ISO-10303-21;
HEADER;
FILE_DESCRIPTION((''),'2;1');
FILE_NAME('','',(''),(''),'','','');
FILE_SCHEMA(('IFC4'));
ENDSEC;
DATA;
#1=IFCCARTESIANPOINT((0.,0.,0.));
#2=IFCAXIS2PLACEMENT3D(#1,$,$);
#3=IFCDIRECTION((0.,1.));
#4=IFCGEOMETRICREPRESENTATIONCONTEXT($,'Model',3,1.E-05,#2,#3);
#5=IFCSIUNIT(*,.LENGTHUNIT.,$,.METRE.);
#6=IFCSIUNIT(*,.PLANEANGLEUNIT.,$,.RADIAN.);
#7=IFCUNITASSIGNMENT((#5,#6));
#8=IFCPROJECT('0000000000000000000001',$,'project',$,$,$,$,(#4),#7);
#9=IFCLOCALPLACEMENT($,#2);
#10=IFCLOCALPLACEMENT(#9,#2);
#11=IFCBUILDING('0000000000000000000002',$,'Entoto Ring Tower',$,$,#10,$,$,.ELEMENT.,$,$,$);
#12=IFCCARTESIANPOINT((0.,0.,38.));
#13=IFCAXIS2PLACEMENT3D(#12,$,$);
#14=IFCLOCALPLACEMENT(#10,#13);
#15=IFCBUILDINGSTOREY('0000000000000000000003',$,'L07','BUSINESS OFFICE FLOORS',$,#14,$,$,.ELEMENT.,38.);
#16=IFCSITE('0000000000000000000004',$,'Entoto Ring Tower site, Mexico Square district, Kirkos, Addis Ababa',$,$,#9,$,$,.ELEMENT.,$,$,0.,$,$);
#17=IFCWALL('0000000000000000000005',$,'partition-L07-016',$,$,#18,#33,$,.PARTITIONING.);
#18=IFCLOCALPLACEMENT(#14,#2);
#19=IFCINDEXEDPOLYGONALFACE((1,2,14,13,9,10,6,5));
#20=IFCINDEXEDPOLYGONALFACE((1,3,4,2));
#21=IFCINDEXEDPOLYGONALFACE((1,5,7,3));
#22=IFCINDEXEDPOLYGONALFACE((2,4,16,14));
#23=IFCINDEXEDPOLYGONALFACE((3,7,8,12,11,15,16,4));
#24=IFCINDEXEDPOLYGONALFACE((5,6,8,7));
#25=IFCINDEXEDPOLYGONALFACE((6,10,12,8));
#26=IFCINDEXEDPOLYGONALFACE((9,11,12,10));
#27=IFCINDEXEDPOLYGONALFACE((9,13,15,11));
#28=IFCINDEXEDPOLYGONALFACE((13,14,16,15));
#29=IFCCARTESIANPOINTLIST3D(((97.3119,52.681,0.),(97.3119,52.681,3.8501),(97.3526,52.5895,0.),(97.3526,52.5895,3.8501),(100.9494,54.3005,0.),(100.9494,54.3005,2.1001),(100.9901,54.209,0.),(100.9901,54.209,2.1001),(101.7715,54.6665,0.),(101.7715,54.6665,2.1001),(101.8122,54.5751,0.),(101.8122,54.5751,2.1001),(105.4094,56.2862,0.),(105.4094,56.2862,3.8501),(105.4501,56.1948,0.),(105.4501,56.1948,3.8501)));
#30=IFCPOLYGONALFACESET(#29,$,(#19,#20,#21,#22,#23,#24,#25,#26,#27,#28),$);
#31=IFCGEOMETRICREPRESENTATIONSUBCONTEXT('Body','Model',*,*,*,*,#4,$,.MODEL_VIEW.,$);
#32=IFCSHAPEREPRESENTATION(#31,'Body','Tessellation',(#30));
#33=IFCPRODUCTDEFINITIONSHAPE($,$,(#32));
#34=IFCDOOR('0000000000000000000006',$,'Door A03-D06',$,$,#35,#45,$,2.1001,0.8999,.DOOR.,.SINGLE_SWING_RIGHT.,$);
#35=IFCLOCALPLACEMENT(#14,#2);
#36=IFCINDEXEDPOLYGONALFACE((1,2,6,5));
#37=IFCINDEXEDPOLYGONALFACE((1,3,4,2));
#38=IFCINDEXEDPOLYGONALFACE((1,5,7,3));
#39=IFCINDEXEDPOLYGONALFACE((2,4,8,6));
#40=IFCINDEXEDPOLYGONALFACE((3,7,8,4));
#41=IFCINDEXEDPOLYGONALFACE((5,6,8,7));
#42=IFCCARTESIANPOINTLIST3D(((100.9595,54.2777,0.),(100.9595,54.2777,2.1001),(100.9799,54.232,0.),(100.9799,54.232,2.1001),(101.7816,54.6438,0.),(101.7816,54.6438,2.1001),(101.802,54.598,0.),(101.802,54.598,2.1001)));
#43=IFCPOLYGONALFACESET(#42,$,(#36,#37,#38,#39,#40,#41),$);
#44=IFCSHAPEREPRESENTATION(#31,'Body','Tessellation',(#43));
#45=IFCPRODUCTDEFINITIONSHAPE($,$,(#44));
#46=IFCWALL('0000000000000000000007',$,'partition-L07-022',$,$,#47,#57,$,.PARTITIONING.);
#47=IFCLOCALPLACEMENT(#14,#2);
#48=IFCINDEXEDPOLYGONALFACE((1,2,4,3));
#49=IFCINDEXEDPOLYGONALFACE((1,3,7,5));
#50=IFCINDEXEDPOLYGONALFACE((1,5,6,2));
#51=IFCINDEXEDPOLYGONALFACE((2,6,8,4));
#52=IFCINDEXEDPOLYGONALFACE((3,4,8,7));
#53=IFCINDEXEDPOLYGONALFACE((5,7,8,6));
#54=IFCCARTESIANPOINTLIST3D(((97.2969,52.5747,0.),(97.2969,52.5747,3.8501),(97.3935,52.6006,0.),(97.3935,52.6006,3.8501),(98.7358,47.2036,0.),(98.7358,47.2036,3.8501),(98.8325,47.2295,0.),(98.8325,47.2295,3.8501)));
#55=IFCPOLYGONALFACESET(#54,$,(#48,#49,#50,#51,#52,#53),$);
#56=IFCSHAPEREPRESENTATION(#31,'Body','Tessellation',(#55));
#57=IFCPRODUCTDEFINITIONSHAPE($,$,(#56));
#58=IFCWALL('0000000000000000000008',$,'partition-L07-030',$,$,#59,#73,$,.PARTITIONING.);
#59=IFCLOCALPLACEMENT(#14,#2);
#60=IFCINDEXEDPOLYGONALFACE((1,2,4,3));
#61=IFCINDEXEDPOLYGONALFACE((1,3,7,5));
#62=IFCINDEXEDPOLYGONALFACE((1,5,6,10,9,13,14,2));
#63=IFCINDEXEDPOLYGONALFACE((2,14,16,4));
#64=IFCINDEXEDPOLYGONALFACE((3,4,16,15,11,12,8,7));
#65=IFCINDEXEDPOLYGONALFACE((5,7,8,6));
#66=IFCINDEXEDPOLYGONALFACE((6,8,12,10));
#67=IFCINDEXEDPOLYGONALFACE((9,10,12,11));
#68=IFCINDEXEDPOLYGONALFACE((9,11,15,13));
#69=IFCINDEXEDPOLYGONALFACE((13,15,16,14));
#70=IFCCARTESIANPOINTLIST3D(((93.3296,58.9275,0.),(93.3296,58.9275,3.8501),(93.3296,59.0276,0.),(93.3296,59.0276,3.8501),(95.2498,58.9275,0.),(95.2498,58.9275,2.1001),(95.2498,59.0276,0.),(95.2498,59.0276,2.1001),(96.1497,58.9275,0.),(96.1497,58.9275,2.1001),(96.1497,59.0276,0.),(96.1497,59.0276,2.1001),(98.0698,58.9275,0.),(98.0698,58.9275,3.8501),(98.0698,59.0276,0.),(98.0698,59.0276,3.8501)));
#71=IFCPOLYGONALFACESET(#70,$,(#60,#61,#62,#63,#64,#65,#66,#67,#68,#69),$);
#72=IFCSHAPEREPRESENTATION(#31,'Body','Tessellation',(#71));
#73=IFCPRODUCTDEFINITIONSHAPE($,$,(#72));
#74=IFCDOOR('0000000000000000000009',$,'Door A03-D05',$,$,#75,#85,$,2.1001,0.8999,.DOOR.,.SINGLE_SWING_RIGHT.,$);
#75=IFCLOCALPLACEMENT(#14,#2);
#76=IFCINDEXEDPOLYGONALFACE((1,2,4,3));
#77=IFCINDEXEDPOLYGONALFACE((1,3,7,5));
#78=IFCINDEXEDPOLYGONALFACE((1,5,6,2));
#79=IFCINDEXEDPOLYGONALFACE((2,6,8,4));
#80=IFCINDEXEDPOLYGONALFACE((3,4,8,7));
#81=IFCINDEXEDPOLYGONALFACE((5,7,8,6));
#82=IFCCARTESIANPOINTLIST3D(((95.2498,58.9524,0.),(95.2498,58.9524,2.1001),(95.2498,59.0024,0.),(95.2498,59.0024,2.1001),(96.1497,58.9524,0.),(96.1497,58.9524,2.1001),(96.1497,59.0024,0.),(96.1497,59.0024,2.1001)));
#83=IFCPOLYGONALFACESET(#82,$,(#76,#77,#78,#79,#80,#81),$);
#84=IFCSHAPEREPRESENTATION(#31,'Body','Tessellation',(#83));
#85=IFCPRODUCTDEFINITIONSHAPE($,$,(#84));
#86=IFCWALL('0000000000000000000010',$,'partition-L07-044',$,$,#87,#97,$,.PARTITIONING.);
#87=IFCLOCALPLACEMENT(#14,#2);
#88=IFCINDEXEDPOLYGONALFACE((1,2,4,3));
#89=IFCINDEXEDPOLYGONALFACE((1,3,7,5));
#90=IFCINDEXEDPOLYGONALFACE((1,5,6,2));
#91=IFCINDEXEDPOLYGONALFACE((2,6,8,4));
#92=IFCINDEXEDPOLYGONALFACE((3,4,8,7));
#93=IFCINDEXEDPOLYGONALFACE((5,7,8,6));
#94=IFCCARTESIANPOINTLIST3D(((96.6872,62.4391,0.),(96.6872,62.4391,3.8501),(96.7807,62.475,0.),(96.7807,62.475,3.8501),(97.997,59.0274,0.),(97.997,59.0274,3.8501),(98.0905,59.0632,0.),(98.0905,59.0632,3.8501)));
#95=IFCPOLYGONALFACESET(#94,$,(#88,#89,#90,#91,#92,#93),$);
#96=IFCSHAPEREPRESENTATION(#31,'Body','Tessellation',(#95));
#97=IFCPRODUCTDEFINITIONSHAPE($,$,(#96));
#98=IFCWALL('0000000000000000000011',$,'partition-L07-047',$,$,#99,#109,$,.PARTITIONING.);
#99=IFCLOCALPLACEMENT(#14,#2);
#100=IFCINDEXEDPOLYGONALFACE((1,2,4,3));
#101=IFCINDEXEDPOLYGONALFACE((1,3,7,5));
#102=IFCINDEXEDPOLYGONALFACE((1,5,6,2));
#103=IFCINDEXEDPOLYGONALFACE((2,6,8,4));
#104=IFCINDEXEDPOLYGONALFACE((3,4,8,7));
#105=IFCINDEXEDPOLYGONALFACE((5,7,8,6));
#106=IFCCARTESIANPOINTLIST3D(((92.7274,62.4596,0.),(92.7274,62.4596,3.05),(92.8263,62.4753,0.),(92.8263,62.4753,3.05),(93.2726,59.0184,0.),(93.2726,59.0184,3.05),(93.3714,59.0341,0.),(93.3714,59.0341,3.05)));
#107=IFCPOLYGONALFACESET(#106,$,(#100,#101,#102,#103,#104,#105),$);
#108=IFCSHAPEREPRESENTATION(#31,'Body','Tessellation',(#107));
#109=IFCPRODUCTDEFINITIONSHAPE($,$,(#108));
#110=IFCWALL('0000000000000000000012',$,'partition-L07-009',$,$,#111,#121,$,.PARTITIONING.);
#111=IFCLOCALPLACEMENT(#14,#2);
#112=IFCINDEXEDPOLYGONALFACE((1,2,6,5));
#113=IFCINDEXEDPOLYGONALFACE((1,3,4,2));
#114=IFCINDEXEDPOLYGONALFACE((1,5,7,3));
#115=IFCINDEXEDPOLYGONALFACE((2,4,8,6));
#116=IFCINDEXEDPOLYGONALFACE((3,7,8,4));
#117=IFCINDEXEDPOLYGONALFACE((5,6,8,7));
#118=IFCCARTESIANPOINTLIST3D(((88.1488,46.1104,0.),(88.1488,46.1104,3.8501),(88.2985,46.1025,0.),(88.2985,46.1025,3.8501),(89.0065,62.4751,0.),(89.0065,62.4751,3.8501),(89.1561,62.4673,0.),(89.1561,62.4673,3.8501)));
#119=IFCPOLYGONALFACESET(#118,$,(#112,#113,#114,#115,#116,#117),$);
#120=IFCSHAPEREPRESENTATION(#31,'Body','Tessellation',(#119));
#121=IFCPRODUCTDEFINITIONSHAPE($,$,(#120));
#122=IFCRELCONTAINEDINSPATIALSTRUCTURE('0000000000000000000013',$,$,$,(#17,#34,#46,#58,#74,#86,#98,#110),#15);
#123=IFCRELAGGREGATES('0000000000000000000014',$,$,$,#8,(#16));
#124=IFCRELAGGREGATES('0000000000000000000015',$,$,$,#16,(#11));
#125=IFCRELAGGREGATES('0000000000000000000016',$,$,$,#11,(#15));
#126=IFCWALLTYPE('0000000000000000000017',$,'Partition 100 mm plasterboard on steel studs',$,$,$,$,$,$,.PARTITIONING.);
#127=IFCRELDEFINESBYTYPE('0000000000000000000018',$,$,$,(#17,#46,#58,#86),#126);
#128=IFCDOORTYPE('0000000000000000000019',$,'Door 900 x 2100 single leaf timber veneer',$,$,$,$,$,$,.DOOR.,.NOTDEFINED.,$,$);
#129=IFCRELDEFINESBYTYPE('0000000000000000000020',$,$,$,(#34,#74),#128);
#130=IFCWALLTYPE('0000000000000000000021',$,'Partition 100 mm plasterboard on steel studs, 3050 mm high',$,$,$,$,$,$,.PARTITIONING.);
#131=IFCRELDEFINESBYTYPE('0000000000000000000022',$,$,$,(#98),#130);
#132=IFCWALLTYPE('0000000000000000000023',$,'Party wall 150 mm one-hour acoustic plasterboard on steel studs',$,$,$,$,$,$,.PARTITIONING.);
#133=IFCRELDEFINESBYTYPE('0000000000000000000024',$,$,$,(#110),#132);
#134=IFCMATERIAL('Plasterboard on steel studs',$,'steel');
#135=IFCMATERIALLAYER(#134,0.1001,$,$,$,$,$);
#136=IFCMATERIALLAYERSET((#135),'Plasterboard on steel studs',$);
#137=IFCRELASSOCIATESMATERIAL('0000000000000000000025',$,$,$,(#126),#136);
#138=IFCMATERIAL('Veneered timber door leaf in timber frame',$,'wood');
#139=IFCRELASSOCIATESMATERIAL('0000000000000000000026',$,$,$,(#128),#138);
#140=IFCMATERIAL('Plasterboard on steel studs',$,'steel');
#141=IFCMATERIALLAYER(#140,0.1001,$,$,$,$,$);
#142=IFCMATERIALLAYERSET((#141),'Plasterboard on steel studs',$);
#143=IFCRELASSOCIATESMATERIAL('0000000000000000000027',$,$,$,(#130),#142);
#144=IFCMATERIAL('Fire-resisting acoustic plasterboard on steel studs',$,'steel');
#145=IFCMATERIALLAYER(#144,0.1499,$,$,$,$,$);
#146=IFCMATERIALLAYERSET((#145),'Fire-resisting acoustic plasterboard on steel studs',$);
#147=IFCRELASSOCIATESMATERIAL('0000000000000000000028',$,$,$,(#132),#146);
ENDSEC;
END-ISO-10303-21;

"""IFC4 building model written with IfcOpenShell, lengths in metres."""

from ifc_helpers import new_model, si_unit, direction, frame, frame_2d, origin, place, context, subcontext, project, spatial, rectangle, extrude, material, layer, layer_set, type_object, element, fill, save


model = new_model("IFC4")

# Units and contexts
model_context = context("Model", 3, precision=1e-05, world=origin(), true_north=direction((0.0, 1.0)))
body_context = subcontext(model_context, "Body", "Model", "MODEL_VIEW")
ifc_project = project(units=[si_unit("LENGTHUNIT", "METRE"), si_unit("PLANEANGLEUNIT", "RADIAN")], contexts=[model_context])

# Site, building, storey
site_placement = place(None, origin())
site = spatial("IfcSite", under=ifc_project, at=site_placement, Name="Entoto Ring Tower site, Mexico Square district, Kirkos, Addis Ababa", CompositionType="ELEMENT", RefElevation=0.0)
building_placement = place(site_placement, origin())
building = spatial("IfcBuilding", under=site, at=building_placement, Name="Entoto Ring Tower", CompositionType="ELEMENT")
storey_placement = place(building_placement, frame((0.0, 0.0, 38.0)))
storey = spatial("IfcBuildingStorey", under=building, at=storey_placement, Name="L07", Description="BUSINESS OFFICE FLOORS", CompositionType="ELEMENT", Elevation=38.0)

# Wall, opening, door
ifc_material_1 = material(Name="Plasterboard on steel studs", Category="steel")
ifc_layer_1 = layer(ifc_material_1, 0.1001)
ifc_layer_set_1 = layer_set([ifc_layer_1], Name="Plasterboard on steel studs")
wall_type_1 = type_object("IfcWallType", Name="Partition 100 mm plasterboard on steel studs", PredefinedType="PARTITIONING", material=ifc_layer_set_1)
wall_1_placement = place(storey_placement, frame((97.3323, 52.6353, 0.0), z_axis=(0.0, 0.0, 1.0), x_axis=(0.913544, 0.406739, 0.0)))
wall_1 = element("IfcWall", 1, at=wall_1_placement, inside=storey, type_object=wall_type_1, Name="partition-L07-016", PredefinedType="PARTITIONING", context=body_context, shape_type="SweptSolid", body=[
    extrude(rectangle(XDim=8.8638, YDim=0.1001, at=frame_2d((4.4319, 0.0))), origin(), (0.0, 0.0, 1.0), 3.8501),
])
opening_1_placement = place(wall_1_placement, frame((3.9817, 0.0, 0.0)))
opening_1 = element("IfcOpeningElement", 2, at=opening_1_placement, cuts=wall_1, PredefinedType="OPENING", context=body_context, shape_type="SweptSolid", body=[
    extrude(rectangle(XDim=0.8999, YDim=2.1001, at=frame_2d((0.45, 1.05))), frame((0.0, 0.0601, 0.0), z_axis=(0.0, -1.0, 0.0), x_axis=(1.0, 0.0, 0.0)), (0.0, 0.0, 1.0), 0.1201),
])
ifc_material_2 = material(Name="Veneered timber door leaf in timber frame", Category="wood")
door_type_1 = type_object("IfcDoorType", Name="Door 900 x 2100 single leaf timber veneer", OperationType="NOTDEFINED", PredefinedType="DOOR", material=ifc_material_2)
door_1_placement = place(opening_1_placement, frame((0.8999, 0.0, 0.0), z_axis=(0.0, 0.0, 1.0), x_axis=(-1.0, 0.0, 0.0)))
door_1 = element("IfcDoor", 3, at=door_1_placement, inside=storey, type_object=door_type_1, Name="Door A03-D06", OperationType="SINGLE_SWING_RIGHT", OverallHeight=2.1001, OverallWidth=0.8999, PredefinedType="DOOR", context=body_context, shape_type="SweptSolid", body=[
    extrude(rectangle(XDim=0.8999, YDim=2.1001, at=frame_2d((0.45, 1.05))), frame((0.0, 0.0249, 0.0), z_axis=(0.0, -1.0, 0.0), x_axis=(1.0, 0.0, 0.0)), (0.0, 0.0, 1.0), 0.05),
])
fill(opening_1, door_1)

# Wall
wall_2_placement = place(storey_placement, frame((98.7842, 47.2166, 0.0), z_axis=(0.0, 0.0, 1.0), x_axis=(-0.258783, 0.965936, 0.0)))
element("IfcWall", 4, at=wall_2_placement, inside=storey, type_object=wall_type_1, Name="partition-L07-022", PredefinedType="PARTITIONING", context=body_context, shape_type="SweptSolid", body=[
    extrude(rectangle(XDim=5.5605, YDim=0.1001, at=frame_2d((2.7803, 0.0))), origin(), (0.0, 0.0, 1.0), 3.8501),
])

# Wall, opening, door
wall_3_placement = place(storey_placement, frame((93.3296, 58.9775, 0.0), z_axis=(0.0, 0.0, 1.0), x_axis=(1.0, 0.0, 0.0)))
wall_3 = element("IfcWall", 5, at=wall_3_placement, inside=storey, type_object=wall_type_1, Name="partition-L07-030", PredefinedType="PARTITIONING", context=body_context, shape_type="SweptSolid", body=[
    extrude(rectangle(XDim=4.7402, YDim=0.1001, at=frame_2d((2.3701, 0.0))), origin(), (0.0, 0.0, 1.0), 3.8501),
])
opening_2_placement = place(wall_3_placement, frame((1.9202, 0.0, 0.0)))
opening_2 = element("IfcOpeningElement", 6, at=opening_2_placement, cuts=wall_3, PredefinedType="OPENING", context=body_context, shape_type="SweptSolid", body=[
    extrude(rectangle(XDim=0.8999, YDim=2.1001, at=frame_2d((0.45, 1.05))), frame((0.0, 0.0601, 0.0), z_axis=(0.0, -1.0, 0.0), x_axis=(1.0, 0.0, 0.0)), (0.0, 0.0, 1.0), 0.1201),
])
door_2_placement = place(opening_2_placement, origin())
door_2 = element("IfcDoor", 7, at=door_2_placement, inside=storey, type_object=door_type_1, Name="Door A03-D05", OperationType="SINGLE_SWING_RIGHT", OverallHeight=2.1001, OverallWidth=0.8999, PredefinedType="DOOR", context=body_context, shape_type="SweptSolid", body=[
    extrude(rectangle(XDim=0.8999, YDim=2.1001, at=frame_2d((0.45, 1.05))), frame((0.0, 0.0249, 0.0), z_axis=(0.0, -1.0, 0.0), x_axis=(1.0, 0.0, 0.0)), (0.0, 0.0, 1.0), 0.05),
])
fill(opening_2, door_2)

# Walls
wall_4_placement = place(storey_placement, frame((98.0437, 59.0454, 0.0), z_axis=(0.0, 0.0, 1.0), x_axis=(-0.358397, 0.933569, 0.0)))
element("IfcWall", 8, at=wall_4_placement, inside=storey, type_object=wall_type_1, Name="partition-L07-044", PredefinedType="PARTITIONING", context=body_context, shape_type="SweptSolid", body=[
    extrude(rectangle(XDim=3.6545, YDim=0.1001, at=frame_2d((1.8271, 0.0))), origin(), (0.0, 0.0, 1.0), 3.8501),
])
ifc_material_3 = material(Name="Plasterboard on steel studs", Category="steel")
ifc_layer_2 = layer(ifc_material_3, 0.1001)
ifc_layer_set_2 = layer_set([ifc_layer_2], Name="Plasterboard on steel studs")
wall_type_2 = type_object("IfcWallType", Name="Partition 100 mm plasterboard on steel studs, 3050 mm high", PredefinedType="PARTITIONING", material=ifc_layer_set_2)
wall_5_placement = place(storey_placement, frame((93.322, 59.0261, 0.0), z_axis=(0.0, 0.0, 1.0), x_axis=(-0.156474, 0.987682, 0.0)))
element("IfcWall", 9, at=wall_5_placement, inside=storey, type_object=wall_type_2, Name="partition-L07-047", PredefinedType="PARTITIONING", context=body_context, shape_type="SweptSolid", body=[
    extrude(rectangle(XDim=3.4841, YDim=0.1001, at=frame_2d((1.7422, 0.0))), origin(), (0.0, 0.0, 1.0), 3.05),
])
ifc_material_4 = material(Name="Fire-resisting acoustic plasterboard on steel studs", Category="steel")
ifc_layer_3 = layer(ifc_material_4, 0.1499)
ifc_layer_set_3 = layer_set([ifc_layer_3], Name="Fire-resisting acoustic plasterboard on steel studs")
wall_type_3 = type_object("IfcWallType", Name="Party wall 150 mm one-hour acoustic plasterboard on steel studs", PredefinedType="PARTITIONING", material=ifc_layer_set_3)
wall_6_placement = place(storey_placement, frame((88.2236, 46.1064, 0.0), z_axis=(0.0, 0.0, 1.0), x_axis=(0.052338, 0.998629, 0.0)))
element("IfcWall", 10, at=wall_6_placement, inside=storey, type_object=wall_type_3, Name="partition-L07-009", PredefinedType="PARTITIONING", context=body_context, shape_type="SweptSolid", body=[
    extrude(rectangle(XDim=16.3872, YDim=0.1499, at=frame_2d((8.1936, 0.0))), origin(), (0.0, 0.0, 1.0), 3.8501),
])

save(model, "model.ifc")
